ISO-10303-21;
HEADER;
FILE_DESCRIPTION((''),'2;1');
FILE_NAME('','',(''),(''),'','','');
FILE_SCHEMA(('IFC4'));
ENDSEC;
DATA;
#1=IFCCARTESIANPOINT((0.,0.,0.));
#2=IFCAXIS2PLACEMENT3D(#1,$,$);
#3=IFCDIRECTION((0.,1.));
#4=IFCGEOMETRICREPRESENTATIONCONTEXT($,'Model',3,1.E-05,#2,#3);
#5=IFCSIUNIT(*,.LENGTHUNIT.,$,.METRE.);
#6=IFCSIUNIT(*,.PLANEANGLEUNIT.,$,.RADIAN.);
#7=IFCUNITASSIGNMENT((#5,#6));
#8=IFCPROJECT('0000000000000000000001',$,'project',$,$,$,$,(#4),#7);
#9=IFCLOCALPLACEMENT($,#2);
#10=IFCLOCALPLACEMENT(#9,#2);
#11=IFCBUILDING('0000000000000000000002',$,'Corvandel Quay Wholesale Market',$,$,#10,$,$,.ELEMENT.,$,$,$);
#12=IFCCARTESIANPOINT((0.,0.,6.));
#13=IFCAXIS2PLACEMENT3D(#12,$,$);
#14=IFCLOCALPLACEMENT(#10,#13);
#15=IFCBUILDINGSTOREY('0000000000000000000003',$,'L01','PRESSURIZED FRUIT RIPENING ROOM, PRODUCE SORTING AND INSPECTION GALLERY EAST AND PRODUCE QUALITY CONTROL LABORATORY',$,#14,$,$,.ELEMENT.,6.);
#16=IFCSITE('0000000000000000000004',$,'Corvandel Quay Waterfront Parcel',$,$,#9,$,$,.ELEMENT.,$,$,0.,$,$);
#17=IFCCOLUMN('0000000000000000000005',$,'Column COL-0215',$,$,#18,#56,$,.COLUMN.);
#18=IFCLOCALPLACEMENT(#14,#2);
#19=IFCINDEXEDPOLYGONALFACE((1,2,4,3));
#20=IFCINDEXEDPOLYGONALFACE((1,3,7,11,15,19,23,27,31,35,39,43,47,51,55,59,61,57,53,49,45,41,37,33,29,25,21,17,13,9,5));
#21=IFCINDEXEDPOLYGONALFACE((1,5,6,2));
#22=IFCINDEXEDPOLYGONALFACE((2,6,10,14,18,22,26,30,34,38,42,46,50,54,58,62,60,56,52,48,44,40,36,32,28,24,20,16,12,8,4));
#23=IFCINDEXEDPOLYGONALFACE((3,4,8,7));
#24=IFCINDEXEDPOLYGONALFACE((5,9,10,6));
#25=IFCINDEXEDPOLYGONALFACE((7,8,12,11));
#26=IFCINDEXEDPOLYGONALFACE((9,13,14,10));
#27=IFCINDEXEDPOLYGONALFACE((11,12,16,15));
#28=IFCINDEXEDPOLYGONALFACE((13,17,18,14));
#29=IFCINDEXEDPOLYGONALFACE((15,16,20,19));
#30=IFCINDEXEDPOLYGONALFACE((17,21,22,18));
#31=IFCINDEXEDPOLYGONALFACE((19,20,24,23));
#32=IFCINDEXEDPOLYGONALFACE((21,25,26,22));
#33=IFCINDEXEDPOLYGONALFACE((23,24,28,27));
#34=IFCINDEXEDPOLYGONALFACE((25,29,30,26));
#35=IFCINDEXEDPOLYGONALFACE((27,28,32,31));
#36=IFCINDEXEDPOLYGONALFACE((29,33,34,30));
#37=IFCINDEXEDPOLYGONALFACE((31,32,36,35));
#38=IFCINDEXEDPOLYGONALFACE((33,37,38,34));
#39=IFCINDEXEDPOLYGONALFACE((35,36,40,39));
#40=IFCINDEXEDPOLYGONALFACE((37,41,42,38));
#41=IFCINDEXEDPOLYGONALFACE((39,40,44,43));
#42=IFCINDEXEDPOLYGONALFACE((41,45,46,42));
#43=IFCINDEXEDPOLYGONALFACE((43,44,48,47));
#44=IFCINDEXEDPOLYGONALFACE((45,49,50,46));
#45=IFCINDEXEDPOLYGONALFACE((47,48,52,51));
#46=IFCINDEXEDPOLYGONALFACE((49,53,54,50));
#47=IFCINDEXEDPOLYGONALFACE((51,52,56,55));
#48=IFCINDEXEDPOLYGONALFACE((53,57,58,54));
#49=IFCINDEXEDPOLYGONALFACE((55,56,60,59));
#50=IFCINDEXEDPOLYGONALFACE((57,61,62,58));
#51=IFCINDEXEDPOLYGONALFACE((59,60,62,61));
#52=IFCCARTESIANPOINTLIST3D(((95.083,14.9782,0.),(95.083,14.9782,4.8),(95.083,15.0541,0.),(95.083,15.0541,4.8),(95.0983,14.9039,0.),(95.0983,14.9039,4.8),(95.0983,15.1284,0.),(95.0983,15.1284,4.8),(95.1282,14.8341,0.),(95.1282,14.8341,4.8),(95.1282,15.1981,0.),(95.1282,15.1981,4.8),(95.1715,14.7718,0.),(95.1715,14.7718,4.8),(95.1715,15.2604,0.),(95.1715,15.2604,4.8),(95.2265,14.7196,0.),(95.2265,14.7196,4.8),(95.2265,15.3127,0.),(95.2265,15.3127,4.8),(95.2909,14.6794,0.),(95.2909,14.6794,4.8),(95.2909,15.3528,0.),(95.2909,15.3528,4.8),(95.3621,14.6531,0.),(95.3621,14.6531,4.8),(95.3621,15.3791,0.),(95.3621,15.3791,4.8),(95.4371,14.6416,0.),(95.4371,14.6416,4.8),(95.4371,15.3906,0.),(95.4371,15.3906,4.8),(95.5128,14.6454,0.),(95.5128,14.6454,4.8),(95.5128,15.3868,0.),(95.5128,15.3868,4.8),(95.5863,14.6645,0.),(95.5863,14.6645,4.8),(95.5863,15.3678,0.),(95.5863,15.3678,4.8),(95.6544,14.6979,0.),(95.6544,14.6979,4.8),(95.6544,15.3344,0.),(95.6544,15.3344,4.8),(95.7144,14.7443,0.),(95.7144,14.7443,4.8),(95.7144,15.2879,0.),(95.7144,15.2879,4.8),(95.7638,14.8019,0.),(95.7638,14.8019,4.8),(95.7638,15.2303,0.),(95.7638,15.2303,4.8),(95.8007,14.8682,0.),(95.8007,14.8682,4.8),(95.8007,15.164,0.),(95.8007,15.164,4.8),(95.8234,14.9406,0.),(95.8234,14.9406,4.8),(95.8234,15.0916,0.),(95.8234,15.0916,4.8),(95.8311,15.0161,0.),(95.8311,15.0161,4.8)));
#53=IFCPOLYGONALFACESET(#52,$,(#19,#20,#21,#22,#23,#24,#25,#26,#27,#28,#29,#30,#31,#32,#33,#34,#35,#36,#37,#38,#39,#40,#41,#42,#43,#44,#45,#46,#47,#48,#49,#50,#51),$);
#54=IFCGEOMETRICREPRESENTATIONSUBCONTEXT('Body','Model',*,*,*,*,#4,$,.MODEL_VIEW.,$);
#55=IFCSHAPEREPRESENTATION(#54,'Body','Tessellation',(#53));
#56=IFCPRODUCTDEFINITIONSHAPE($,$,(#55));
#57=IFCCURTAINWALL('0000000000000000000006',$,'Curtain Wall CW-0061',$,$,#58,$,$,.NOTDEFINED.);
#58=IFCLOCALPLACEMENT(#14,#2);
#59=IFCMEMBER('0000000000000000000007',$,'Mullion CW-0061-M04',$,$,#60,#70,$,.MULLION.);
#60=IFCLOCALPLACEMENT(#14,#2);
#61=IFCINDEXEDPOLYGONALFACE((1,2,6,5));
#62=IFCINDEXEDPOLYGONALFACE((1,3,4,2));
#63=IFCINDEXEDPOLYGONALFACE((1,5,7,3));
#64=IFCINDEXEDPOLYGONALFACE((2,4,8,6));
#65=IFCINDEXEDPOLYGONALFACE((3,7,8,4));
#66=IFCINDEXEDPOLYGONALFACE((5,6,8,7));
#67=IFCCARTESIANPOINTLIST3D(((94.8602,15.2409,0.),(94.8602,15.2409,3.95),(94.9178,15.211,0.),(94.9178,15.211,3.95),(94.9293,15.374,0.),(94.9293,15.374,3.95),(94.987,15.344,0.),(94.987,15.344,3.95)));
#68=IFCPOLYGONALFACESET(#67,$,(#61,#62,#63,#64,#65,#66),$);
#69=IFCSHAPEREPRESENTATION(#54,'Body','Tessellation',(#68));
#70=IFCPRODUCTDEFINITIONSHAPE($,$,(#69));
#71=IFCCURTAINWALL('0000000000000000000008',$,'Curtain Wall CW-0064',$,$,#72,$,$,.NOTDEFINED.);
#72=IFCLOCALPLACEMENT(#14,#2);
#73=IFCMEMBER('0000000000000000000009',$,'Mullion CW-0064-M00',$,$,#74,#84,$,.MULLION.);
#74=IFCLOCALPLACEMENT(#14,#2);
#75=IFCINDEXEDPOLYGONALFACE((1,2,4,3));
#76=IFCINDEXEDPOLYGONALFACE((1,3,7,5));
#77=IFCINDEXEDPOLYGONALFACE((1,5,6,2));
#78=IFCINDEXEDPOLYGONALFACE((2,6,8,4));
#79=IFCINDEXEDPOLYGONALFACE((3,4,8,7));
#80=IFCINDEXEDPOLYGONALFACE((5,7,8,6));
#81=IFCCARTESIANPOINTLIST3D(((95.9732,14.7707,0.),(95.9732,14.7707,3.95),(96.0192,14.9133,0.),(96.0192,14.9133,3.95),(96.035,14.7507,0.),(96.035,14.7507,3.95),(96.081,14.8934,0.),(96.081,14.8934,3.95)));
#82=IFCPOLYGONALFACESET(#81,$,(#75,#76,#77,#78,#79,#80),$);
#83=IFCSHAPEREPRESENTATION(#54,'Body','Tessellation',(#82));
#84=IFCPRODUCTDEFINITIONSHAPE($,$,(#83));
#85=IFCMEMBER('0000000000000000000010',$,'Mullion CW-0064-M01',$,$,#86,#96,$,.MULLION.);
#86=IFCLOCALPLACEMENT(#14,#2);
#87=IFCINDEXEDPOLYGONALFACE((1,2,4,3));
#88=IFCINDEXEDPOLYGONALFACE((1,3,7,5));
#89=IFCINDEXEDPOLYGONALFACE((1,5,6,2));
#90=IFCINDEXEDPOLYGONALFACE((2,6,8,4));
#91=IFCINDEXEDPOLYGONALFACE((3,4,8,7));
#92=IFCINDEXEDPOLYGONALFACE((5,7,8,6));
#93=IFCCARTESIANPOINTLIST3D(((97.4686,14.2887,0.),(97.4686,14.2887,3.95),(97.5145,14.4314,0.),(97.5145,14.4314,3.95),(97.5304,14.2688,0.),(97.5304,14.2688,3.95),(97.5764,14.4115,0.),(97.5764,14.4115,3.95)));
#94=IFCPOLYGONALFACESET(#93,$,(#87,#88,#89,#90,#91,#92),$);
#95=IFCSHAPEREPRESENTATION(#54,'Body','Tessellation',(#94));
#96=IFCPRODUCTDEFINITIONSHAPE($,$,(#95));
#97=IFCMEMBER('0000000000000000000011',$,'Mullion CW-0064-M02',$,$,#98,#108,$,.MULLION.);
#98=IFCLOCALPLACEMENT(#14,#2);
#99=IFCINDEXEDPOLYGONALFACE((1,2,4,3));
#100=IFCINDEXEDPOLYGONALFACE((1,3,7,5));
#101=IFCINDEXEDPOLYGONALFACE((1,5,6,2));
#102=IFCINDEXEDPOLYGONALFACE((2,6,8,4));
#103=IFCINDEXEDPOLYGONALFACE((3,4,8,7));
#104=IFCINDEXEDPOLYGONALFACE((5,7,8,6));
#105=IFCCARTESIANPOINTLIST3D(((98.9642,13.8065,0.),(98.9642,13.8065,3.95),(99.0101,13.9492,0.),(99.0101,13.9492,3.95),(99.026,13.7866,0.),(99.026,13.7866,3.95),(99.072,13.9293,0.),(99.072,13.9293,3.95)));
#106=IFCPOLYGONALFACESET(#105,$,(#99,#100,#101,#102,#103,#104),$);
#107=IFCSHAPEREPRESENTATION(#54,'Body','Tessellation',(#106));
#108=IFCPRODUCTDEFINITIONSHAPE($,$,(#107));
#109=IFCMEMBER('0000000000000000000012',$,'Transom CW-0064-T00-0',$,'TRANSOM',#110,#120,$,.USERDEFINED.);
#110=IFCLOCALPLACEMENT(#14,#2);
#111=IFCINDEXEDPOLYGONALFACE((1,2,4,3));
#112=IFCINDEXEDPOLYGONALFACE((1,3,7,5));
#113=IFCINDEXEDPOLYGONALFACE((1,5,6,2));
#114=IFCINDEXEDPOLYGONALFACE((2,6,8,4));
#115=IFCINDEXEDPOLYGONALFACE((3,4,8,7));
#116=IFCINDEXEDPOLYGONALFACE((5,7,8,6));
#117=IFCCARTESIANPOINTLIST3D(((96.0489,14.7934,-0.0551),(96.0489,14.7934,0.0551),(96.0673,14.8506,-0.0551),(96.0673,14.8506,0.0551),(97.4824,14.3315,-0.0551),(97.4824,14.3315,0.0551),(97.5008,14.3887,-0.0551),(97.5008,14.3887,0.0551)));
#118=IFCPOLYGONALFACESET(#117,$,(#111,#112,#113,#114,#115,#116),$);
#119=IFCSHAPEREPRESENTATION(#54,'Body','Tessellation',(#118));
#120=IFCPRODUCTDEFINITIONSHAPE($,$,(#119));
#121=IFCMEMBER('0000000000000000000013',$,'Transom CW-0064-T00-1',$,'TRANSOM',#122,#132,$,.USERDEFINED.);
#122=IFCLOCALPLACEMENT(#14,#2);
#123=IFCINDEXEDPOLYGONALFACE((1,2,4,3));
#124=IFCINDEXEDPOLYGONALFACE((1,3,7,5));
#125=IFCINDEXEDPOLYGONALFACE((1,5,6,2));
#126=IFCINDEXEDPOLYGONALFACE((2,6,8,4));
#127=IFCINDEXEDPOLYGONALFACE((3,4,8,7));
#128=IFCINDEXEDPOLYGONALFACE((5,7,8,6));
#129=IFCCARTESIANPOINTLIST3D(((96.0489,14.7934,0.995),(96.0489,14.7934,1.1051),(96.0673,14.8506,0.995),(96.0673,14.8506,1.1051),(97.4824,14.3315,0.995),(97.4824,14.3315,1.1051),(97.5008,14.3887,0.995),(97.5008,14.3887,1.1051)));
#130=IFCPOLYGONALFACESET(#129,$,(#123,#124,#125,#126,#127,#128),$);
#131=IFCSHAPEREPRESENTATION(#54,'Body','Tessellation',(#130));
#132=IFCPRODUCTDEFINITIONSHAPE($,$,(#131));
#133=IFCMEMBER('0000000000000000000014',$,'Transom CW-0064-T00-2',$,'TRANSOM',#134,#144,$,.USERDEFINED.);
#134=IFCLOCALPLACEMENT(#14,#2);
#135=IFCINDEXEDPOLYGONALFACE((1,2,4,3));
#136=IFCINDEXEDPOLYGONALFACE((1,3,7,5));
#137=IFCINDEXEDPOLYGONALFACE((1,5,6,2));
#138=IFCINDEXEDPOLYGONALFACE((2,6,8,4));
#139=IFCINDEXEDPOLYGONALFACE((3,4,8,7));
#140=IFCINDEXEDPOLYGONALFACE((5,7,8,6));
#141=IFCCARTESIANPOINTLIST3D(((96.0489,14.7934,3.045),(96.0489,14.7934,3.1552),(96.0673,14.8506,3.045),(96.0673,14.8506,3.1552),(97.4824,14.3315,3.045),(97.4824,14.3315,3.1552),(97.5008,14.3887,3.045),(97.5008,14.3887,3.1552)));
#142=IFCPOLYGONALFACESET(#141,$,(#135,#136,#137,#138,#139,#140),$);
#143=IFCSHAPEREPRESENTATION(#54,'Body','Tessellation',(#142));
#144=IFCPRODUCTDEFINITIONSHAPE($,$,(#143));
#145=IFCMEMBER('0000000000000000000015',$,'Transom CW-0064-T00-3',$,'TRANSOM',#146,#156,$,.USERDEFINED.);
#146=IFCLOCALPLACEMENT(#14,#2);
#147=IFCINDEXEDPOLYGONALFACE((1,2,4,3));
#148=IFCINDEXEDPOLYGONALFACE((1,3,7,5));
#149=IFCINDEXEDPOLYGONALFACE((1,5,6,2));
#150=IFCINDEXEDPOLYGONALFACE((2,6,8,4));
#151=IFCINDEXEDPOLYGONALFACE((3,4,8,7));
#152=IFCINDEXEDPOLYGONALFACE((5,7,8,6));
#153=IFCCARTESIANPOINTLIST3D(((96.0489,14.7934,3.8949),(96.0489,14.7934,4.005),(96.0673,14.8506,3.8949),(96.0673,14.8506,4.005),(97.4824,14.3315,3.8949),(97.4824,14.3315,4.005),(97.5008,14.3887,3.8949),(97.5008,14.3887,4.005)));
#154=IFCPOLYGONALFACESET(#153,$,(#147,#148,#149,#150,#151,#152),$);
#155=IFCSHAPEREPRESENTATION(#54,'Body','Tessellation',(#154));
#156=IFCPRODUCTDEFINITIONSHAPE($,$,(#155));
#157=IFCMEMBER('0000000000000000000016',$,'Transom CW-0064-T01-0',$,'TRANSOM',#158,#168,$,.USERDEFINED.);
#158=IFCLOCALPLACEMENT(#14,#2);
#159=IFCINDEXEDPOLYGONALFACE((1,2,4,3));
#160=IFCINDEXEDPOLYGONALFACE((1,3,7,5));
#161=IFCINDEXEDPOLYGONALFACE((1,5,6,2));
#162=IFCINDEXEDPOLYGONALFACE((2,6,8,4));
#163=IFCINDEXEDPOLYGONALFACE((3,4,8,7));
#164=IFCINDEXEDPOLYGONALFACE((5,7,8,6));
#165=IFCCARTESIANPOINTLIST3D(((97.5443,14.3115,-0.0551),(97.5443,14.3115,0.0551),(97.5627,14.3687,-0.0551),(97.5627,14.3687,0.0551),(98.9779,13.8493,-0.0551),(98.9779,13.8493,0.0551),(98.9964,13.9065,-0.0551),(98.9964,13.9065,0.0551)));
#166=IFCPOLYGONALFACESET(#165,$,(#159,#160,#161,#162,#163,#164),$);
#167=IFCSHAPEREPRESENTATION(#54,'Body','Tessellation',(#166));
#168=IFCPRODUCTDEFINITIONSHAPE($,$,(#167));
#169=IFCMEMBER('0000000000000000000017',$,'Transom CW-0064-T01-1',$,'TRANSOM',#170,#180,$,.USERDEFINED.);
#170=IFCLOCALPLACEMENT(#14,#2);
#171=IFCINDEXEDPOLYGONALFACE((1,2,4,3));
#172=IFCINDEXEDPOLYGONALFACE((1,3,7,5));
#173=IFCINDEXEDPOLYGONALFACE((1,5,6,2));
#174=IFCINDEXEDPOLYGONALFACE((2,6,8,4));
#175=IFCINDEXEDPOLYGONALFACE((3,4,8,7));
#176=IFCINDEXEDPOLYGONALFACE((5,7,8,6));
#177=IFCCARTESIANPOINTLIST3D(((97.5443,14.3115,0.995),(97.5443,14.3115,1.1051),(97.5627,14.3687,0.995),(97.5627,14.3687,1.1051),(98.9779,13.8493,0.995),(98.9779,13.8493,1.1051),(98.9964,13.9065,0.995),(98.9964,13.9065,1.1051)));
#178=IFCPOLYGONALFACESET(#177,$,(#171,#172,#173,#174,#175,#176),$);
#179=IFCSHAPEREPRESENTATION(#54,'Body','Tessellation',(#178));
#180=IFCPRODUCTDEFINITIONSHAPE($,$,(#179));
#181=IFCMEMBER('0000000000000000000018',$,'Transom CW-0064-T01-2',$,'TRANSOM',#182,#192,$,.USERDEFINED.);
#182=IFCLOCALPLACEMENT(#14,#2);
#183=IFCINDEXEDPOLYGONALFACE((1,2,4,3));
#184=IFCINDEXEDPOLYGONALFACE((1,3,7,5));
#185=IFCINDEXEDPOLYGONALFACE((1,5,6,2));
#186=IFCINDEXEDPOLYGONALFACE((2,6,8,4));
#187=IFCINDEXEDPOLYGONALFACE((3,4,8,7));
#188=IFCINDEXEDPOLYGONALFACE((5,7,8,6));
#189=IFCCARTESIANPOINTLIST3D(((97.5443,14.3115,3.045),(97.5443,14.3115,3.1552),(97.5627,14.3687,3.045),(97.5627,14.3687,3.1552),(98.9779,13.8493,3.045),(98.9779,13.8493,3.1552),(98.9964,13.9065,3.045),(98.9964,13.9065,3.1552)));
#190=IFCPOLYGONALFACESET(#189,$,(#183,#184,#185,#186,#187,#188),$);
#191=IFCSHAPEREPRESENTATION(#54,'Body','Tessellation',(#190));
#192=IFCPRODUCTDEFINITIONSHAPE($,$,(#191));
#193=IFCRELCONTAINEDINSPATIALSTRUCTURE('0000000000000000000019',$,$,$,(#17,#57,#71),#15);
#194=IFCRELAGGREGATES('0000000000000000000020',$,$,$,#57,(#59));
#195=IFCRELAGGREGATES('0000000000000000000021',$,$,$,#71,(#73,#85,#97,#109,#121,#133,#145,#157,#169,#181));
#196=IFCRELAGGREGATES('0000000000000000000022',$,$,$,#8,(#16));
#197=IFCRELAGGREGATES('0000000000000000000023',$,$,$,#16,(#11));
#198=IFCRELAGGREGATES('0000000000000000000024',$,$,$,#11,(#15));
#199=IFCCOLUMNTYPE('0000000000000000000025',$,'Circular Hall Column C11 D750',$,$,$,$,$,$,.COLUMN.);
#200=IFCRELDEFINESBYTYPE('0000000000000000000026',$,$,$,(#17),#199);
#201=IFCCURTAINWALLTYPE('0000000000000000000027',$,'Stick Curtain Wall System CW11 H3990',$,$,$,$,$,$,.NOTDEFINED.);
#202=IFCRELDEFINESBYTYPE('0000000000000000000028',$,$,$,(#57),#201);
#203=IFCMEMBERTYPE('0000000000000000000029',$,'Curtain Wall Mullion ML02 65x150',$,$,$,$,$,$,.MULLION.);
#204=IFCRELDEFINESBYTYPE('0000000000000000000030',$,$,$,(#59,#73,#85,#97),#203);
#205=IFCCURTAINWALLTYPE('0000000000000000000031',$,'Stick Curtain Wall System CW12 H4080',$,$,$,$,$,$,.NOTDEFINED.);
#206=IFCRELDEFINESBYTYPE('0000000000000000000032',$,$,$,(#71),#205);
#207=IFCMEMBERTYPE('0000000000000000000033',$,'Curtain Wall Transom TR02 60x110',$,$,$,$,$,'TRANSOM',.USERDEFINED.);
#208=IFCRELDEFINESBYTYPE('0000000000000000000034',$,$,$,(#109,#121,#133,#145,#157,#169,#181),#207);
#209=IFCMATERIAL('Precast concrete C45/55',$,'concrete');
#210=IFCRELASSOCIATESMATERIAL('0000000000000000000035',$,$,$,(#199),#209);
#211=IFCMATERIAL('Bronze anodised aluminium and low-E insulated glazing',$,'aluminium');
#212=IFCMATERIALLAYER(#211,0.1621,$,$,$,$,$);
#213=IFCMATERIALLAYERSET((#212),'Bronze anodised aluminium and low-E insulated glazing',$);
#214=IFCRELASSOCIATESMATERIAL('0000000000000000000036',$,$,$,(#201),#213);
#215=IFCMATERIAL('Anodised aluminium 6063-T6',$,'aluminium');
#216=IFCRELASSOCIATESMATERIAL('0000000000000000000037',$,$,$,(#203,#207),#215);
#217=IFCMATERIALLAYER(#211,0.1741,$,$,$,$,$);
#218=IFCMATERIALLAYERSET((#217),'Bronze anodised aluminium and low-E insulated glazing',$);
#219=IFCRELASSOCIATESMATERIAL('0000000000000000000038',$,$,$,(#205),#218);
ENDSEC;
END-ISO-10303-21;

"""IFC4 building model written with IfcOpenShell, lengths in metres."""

from ifc_helpers import new_model, si_unit, direction, frame, origin, origin_2d, place, context, subcontext, project, spatial, rectangle, circle, extrude, material, layer, layer_set, material_profile, profile_set, type_object, element, aggregate, save


model = new_model("IFC4")

# Units and contexts
model_context = context("Model", 3, precision=1e-05, world=origin(), true_north=direction((0.0, 1.0)))
body_context = subcontext(model_context, "Body", "Model", "MODEL_VIEW")
ifc_project = project(units=[si_unit("LENGTHUNIT", "METRE"), si_unit("PLANEANGLEUNIT", "RADIAN")], contexts=[model_context])

# Site, building, storey
site_placement = place(None, origin())
site = spatial("IfcSite", under=ifc_project, at=site_placement, Name="Corvandel Quay Waterfront Parcel", CompositionType="ELEMENT", RefElevation=0.0)
building_placement = place(site_placement, origin())
building = spatial("IfcBuilding", under=site, at=building_placement, Name="Corvandel Quay Wholesale Market", CompositionType="ELEMENT")
storey_placement = place(building_placement, frame((0.0, 0.0, 6.0)))
storey = spatial("IfcBuildingStorey", under=building, at=storey_placement, Name="L01", Description="PRESSURIZED FRUIT RIPENING ROOM, PRODUCE SORTING AND INSPECTION GALLERY EAST AND PRODUCE QUALITY CONTROL LABORATORY", CompositionType="ELEMENT", Elevation=6.0)

# Column
ifc_material_1 = material(Name="Precast concrete C45/55", Category="concrete")
ifc_material_profile_1 = material_profile(ifc_material_1, circle(Radius=0.375, at=origin_2d()), Name="PC-COL-D750")
ifc_profile_set_1 = profile_set([ifc_material_profile_1], Name="Precast concrete C45/55")
column_type = type_object("IfcColumnType", Name="Circular Hall Column C11 D750", PredefinedType="COLUMN", material=ifc_profile_set_1)
column_placement = place(storey_placement, frame((95.4561, 15.0161, 0.0), z_axis=(0.0, 0.0, 1.0), x_axis=(1.0, 0.0, 0.0)))
element("IfcColumn", 1, at=column_placement, inside=storey, type_object=column_type, Name="Column COL-0215", PredefinedType="COLUMN", context=body_context, shape_type="SweptSolid", body=[
    extrude(circle(Radius=0.375, at=origin_2d()), origin(), (0.0, 0.0, 1.0), 4.8),
])

# Curtain wall, member
ifc_material_2 = material(Name="Bronze anodised aluminium and low-E insulated glazing", Category="aluminium")
ifc_layer_1 = layer(ifc_material_2, 0.1621)
ifc_layer_set_1 = layer_set([ifc_layer_1], Name="Bronze anodised aluminium and low-E insulated glazing")
curtain_wall_type_1 = type_object("IfcCurtainWallType", Name="Stick Curtain Wall System CW11 H3990", PredefinedType="NOTDEFINED", material=ifc_layer_set_1)
curtain_wall_1_placement = place(storey_placement, origin())
curtain_wall_1 = element("IfcCurtainWall", 2, at=curtain_wall_1_placement, inside=storey, type_object=curtain_wall_type_1, Name="Curtain Wall CW-0061", PredefinedType="NOTDEFINED")
ifc_material_3 = material(Name="Anodised aluminium 6063-T6", Category="aluminium")
ifc_material_profile_2 = material_profile(ifc_material_3, rectangle(XDim=0.0649, YDim=0.1499, at=origin_2d()), Name="ALU-MUL-65x150")
ifc_profile_set_2 = profile_set([ifc_material_profile_2], Name="Anodised aluminium 6063-T6")
member_type_1 = type_object("IfcMemberType", Name="Curtain Wall Mullion ML02 65x150", PredefinedType="MULLION", material=ifc_profile_set_2)
member_1_placement = place(storey_placement, frame((94.9236, 15.2925, 0.0), z_axis=(0.0, 0.0, 1.0), x_axis=(-0.887333, 0.461129, 0.0)))
member_1 = element("IfcMember", 3, at=member_1_placement, type_object=member_type_1, Name="Mullion CW-0061-M04", PredefinedType="MULLION", context=body_context, shape_type="SweptSolid", body=[
    extrude(rectangle(XDim=0.0649, YDim=0.1499, at=origin_2d()), origin(), (0.0, 0.0, 1.0), 3.95),
])
aggregate(curtain_wall_1, [member_1])

# Curtain wall, members
ifc_layer_2 = layer(ifc_material_2, 0.1741)
ifc_layer_set_2 = layer_set([ifc_layer_2], Name="Bronze anodised aluminium and low-E insulated glazing")
curtain_wall_type_2 = type_object("IfcCurtainWallType", Name="Stick Curtain Wall System CW12 H4080", PredefinedType="NOTDEFINED", material=ifc_layer_set_2)
curtain_wall_2_placement = place(storey_placement, origin())
curtain_wall_2 = element("IfcCurtainWall", 4, at=curtain_wall_2_placement, inside=storey, type_object=curtain_wall_type_2, Name="Curtain Wall CW-0064", PredefinedType="NOTDEFINED")
member_2_placement = place(storey_placement, frame((96.0271, 14.832, 0.0), z_axis=(0.0, 0.0, 1.0), x_axis=(-0.951809, 0.306692, 0.0)))
member_2 = element("IfcMember", 5, at=member_2_placement, type_object=member_type_1, Name="Mullion CW-0064-M00", PredefinedType="MULLION", context=body_context, shape_type="SweptSolid", body=[
    extrude(rectangle(XDim=0.0649, YDim=0.1499, at=origin_2d()), origin(), (0.0, 0.0, 1.0), 3.95),
])
member_3_placement = place(storey_placement, frame((97.5225, 14.3501, 0.0), z_axis=(0.0, 0.0, 1.0), x_axis=(-0.951809, 0.306692, 0.0)))
member_3 = element("IfcMember", 6, at=member_3_placement, type_object=member_type_1, Name="Mullion CW-0064-M01", PredefinedType="MULLION", context=body_context, shape_type="SweptSolid", body=[
    extrude(rectangle(XDim=0.0649, YDim=0.1499, at=origin_2d()), origin(), (0.0, 0.0, 1.0), 3.95),
])
member_4_placement = place(storey_placement, frame((99.0181, 13.8679, 0.0), z_axis=(0.0, 0.0, 1.0), x_axis=(-0.951809, 0.306692, 0.0)))
member_4 = element("IfcMember", 7, at=member_4_placement, type_object=member_type_1, Name="Mullion CW-0064-M02", PredefinedType="MULLION", context=body_context, shape_type="SweptSolid", body=[
    extrude(rectangle(XDim=0.0649, YDim=0.1499, at=origin_2d()), origin(), (0.0, 0.0, 1.0), 3.95),
])
ifc_material_profile_3 = material_profile(ifc_material_3, rectangle(XDim=0.0601, YDim=0.1101, at=origin_2d()), Name="ALU-TRN-60x110")
ifc_profile_set_3 = profile_set([ifc_material_profile_3], Name="Anodised aluminium 6063-T6")
member_type_2 = type_object("IfcMemberType", Name="Curtain Wall Transom TR02 60x110", ElementType="TRANSOM", PredefinedType="USERDEFINED", material=ifc_profile_set_3)
member_5_placement = place(storey_placement, frame((96.0581, 14.822, 0.0), z_axis=(0.951812, -0.306681, 0.0), x_axis=(0.306681, 0.951812, 0.0)))
member_5 = element("IfcMember", 8, at=member_5_placement, type_object=member_type_2, Name="Transom CW-0064-T00-0", ObjectType="TRANSOM", PredefinedType="USERDEFINED", context=body_context, shape_type="SweptSolid", body=[
    extrude(rectangle(XDim=0.0601, YDim=0.1101, at=origin_2d()), origin(), (0.0, 0.0, 1.0), 1.5061),
])
member_6_placement = place(storey_placement, frame((96.0581, 14.822, 1.05), z_axis=(0.951812, -0.306681, 0.0), x_axis=(0.306681, 0.951812, 0.0)))
member_6 = element("IfcMember", 9, at=member_6_placement, type_object=member_type_2, Name="Transom CW-0064-T00-1", ObjectType="TRANSOM", PredefinedType="USERDEFINED", context=body_context, shape_type="SweptSolid", body=[
    extrude(rectangle(XDim=0.0601, YDim=0.1101, at=origin_2d()), origin(), (0.0, 0.0, 1.0), 1.5061),
])
member_7_placement = place(storey_placement, frame((96.0581, 14.822, 3.1001), z_axis=(0.951812, -0.306681, 0.0), x_axis=(0.306681, 0.951812, 0.0)))
member_7 = element("IfcMember", 10, at=member_7_placement, type_object=member_type_2, Name="Transom CW-0064-T00-2", ObjectType="TRANSOM", PredefinedType="USERDEFINED", context=body_context, shape_type="SweptSolid", body=[
    extrude(rectangle(XDim=0.0601, YDim=0.1101, at=origin_2d()), origin(), (0.0, 0.0, 1.0), 1.5061),
])
member_8_placement = place(storey_placement, frame((96.0581, 14.822, 3.95), z_axis=(0.951812, -0.306681, 0.0), x_axis=(0.306681, 0.951812, 0.0)))
member_8 = element("IfcMember", 11, at=member_8_placement, type_object=member_type_2, Name="Transom CW-0064-T00-3", ObjectType="TRANSOM", PredefinedType="USERDEFINED", context=body_context, shape_type="SweptSolid", body=[
    extrude(rectangle(XDim=0.0601, YDim=0.1101, at=origin_2d()), origin(), (0.0, 0.0, 1.0), 1.5061),
])
member_9_placement = place(storey_placement, frame((97.5535, 14.3401, 0.0), z_axis=(0.951765, -0.306828, 0.0), x_axis=(0.306828, 0.951765, 0.0)))
member_9 = element("IfcMember", 12, at=member_9_placement, type_object=member_type_2, Name="Transom CW-0064-T01-0", ObjectType="TRANSOM", PredefinedType="USERDEFINED", context=body_context, shape_type="SweptSolid", body=[
    extrude(rectangle(XDim=0.0601, YDim=0.1101, at=origin_2d()), origin(), (0.0, 0.0, 1.0), 1.5063),
])
member_10_placement = place(storey_placement, frame((97.5535, 14.3401, 1.05), z_axis=(0.951765, -0.306828, 0.0), x_axis=(0.306828, 0.951765, 0.0)))
member_10 = element("IfcMember", 13, at=member_10_placement, type_object=member_type_2, Name="Transom CW-0064-T01-1", ObjectType="TRANSOM", PredefinedType="USERDEFINED", context=body_context, shape_type="SweptSolid", body=[
    extrude(rectangle(XDim=0.0601, YDim=0.1101, at=origin_2d()), origin(), (0.0, 0.0, 1.0), 1.5063),
])
member_11_placement = place(storey_placement, frame((97.5535, 14.3401, 3.1001), z_axis=(0.951765, -0.306828, 0.0), x_axis=(0.306828, 0.951765, 0.0)))
member_11 = element("IfcMember", 14, at=member_11_placement, type_object=member_type_2, Name="Transom CW-0064-T01-2", ObjectType="TRANSOM", PredefinedType="USERDEFINED", context=body_context, shape_type="SweptSolid", body=[
    extrude(rectangle(XDim=0.0601, YDim=0.1101, at=origin_2d()), origin(), (0.0, 0.0, 1.0), 1.5063),
])

aggregate(curtain_wall_2, [member_2, member_3, member_4, member_5, member_6, member_7, member_8, member_9, member_10, member_11])

save(model, "model.ifc")
